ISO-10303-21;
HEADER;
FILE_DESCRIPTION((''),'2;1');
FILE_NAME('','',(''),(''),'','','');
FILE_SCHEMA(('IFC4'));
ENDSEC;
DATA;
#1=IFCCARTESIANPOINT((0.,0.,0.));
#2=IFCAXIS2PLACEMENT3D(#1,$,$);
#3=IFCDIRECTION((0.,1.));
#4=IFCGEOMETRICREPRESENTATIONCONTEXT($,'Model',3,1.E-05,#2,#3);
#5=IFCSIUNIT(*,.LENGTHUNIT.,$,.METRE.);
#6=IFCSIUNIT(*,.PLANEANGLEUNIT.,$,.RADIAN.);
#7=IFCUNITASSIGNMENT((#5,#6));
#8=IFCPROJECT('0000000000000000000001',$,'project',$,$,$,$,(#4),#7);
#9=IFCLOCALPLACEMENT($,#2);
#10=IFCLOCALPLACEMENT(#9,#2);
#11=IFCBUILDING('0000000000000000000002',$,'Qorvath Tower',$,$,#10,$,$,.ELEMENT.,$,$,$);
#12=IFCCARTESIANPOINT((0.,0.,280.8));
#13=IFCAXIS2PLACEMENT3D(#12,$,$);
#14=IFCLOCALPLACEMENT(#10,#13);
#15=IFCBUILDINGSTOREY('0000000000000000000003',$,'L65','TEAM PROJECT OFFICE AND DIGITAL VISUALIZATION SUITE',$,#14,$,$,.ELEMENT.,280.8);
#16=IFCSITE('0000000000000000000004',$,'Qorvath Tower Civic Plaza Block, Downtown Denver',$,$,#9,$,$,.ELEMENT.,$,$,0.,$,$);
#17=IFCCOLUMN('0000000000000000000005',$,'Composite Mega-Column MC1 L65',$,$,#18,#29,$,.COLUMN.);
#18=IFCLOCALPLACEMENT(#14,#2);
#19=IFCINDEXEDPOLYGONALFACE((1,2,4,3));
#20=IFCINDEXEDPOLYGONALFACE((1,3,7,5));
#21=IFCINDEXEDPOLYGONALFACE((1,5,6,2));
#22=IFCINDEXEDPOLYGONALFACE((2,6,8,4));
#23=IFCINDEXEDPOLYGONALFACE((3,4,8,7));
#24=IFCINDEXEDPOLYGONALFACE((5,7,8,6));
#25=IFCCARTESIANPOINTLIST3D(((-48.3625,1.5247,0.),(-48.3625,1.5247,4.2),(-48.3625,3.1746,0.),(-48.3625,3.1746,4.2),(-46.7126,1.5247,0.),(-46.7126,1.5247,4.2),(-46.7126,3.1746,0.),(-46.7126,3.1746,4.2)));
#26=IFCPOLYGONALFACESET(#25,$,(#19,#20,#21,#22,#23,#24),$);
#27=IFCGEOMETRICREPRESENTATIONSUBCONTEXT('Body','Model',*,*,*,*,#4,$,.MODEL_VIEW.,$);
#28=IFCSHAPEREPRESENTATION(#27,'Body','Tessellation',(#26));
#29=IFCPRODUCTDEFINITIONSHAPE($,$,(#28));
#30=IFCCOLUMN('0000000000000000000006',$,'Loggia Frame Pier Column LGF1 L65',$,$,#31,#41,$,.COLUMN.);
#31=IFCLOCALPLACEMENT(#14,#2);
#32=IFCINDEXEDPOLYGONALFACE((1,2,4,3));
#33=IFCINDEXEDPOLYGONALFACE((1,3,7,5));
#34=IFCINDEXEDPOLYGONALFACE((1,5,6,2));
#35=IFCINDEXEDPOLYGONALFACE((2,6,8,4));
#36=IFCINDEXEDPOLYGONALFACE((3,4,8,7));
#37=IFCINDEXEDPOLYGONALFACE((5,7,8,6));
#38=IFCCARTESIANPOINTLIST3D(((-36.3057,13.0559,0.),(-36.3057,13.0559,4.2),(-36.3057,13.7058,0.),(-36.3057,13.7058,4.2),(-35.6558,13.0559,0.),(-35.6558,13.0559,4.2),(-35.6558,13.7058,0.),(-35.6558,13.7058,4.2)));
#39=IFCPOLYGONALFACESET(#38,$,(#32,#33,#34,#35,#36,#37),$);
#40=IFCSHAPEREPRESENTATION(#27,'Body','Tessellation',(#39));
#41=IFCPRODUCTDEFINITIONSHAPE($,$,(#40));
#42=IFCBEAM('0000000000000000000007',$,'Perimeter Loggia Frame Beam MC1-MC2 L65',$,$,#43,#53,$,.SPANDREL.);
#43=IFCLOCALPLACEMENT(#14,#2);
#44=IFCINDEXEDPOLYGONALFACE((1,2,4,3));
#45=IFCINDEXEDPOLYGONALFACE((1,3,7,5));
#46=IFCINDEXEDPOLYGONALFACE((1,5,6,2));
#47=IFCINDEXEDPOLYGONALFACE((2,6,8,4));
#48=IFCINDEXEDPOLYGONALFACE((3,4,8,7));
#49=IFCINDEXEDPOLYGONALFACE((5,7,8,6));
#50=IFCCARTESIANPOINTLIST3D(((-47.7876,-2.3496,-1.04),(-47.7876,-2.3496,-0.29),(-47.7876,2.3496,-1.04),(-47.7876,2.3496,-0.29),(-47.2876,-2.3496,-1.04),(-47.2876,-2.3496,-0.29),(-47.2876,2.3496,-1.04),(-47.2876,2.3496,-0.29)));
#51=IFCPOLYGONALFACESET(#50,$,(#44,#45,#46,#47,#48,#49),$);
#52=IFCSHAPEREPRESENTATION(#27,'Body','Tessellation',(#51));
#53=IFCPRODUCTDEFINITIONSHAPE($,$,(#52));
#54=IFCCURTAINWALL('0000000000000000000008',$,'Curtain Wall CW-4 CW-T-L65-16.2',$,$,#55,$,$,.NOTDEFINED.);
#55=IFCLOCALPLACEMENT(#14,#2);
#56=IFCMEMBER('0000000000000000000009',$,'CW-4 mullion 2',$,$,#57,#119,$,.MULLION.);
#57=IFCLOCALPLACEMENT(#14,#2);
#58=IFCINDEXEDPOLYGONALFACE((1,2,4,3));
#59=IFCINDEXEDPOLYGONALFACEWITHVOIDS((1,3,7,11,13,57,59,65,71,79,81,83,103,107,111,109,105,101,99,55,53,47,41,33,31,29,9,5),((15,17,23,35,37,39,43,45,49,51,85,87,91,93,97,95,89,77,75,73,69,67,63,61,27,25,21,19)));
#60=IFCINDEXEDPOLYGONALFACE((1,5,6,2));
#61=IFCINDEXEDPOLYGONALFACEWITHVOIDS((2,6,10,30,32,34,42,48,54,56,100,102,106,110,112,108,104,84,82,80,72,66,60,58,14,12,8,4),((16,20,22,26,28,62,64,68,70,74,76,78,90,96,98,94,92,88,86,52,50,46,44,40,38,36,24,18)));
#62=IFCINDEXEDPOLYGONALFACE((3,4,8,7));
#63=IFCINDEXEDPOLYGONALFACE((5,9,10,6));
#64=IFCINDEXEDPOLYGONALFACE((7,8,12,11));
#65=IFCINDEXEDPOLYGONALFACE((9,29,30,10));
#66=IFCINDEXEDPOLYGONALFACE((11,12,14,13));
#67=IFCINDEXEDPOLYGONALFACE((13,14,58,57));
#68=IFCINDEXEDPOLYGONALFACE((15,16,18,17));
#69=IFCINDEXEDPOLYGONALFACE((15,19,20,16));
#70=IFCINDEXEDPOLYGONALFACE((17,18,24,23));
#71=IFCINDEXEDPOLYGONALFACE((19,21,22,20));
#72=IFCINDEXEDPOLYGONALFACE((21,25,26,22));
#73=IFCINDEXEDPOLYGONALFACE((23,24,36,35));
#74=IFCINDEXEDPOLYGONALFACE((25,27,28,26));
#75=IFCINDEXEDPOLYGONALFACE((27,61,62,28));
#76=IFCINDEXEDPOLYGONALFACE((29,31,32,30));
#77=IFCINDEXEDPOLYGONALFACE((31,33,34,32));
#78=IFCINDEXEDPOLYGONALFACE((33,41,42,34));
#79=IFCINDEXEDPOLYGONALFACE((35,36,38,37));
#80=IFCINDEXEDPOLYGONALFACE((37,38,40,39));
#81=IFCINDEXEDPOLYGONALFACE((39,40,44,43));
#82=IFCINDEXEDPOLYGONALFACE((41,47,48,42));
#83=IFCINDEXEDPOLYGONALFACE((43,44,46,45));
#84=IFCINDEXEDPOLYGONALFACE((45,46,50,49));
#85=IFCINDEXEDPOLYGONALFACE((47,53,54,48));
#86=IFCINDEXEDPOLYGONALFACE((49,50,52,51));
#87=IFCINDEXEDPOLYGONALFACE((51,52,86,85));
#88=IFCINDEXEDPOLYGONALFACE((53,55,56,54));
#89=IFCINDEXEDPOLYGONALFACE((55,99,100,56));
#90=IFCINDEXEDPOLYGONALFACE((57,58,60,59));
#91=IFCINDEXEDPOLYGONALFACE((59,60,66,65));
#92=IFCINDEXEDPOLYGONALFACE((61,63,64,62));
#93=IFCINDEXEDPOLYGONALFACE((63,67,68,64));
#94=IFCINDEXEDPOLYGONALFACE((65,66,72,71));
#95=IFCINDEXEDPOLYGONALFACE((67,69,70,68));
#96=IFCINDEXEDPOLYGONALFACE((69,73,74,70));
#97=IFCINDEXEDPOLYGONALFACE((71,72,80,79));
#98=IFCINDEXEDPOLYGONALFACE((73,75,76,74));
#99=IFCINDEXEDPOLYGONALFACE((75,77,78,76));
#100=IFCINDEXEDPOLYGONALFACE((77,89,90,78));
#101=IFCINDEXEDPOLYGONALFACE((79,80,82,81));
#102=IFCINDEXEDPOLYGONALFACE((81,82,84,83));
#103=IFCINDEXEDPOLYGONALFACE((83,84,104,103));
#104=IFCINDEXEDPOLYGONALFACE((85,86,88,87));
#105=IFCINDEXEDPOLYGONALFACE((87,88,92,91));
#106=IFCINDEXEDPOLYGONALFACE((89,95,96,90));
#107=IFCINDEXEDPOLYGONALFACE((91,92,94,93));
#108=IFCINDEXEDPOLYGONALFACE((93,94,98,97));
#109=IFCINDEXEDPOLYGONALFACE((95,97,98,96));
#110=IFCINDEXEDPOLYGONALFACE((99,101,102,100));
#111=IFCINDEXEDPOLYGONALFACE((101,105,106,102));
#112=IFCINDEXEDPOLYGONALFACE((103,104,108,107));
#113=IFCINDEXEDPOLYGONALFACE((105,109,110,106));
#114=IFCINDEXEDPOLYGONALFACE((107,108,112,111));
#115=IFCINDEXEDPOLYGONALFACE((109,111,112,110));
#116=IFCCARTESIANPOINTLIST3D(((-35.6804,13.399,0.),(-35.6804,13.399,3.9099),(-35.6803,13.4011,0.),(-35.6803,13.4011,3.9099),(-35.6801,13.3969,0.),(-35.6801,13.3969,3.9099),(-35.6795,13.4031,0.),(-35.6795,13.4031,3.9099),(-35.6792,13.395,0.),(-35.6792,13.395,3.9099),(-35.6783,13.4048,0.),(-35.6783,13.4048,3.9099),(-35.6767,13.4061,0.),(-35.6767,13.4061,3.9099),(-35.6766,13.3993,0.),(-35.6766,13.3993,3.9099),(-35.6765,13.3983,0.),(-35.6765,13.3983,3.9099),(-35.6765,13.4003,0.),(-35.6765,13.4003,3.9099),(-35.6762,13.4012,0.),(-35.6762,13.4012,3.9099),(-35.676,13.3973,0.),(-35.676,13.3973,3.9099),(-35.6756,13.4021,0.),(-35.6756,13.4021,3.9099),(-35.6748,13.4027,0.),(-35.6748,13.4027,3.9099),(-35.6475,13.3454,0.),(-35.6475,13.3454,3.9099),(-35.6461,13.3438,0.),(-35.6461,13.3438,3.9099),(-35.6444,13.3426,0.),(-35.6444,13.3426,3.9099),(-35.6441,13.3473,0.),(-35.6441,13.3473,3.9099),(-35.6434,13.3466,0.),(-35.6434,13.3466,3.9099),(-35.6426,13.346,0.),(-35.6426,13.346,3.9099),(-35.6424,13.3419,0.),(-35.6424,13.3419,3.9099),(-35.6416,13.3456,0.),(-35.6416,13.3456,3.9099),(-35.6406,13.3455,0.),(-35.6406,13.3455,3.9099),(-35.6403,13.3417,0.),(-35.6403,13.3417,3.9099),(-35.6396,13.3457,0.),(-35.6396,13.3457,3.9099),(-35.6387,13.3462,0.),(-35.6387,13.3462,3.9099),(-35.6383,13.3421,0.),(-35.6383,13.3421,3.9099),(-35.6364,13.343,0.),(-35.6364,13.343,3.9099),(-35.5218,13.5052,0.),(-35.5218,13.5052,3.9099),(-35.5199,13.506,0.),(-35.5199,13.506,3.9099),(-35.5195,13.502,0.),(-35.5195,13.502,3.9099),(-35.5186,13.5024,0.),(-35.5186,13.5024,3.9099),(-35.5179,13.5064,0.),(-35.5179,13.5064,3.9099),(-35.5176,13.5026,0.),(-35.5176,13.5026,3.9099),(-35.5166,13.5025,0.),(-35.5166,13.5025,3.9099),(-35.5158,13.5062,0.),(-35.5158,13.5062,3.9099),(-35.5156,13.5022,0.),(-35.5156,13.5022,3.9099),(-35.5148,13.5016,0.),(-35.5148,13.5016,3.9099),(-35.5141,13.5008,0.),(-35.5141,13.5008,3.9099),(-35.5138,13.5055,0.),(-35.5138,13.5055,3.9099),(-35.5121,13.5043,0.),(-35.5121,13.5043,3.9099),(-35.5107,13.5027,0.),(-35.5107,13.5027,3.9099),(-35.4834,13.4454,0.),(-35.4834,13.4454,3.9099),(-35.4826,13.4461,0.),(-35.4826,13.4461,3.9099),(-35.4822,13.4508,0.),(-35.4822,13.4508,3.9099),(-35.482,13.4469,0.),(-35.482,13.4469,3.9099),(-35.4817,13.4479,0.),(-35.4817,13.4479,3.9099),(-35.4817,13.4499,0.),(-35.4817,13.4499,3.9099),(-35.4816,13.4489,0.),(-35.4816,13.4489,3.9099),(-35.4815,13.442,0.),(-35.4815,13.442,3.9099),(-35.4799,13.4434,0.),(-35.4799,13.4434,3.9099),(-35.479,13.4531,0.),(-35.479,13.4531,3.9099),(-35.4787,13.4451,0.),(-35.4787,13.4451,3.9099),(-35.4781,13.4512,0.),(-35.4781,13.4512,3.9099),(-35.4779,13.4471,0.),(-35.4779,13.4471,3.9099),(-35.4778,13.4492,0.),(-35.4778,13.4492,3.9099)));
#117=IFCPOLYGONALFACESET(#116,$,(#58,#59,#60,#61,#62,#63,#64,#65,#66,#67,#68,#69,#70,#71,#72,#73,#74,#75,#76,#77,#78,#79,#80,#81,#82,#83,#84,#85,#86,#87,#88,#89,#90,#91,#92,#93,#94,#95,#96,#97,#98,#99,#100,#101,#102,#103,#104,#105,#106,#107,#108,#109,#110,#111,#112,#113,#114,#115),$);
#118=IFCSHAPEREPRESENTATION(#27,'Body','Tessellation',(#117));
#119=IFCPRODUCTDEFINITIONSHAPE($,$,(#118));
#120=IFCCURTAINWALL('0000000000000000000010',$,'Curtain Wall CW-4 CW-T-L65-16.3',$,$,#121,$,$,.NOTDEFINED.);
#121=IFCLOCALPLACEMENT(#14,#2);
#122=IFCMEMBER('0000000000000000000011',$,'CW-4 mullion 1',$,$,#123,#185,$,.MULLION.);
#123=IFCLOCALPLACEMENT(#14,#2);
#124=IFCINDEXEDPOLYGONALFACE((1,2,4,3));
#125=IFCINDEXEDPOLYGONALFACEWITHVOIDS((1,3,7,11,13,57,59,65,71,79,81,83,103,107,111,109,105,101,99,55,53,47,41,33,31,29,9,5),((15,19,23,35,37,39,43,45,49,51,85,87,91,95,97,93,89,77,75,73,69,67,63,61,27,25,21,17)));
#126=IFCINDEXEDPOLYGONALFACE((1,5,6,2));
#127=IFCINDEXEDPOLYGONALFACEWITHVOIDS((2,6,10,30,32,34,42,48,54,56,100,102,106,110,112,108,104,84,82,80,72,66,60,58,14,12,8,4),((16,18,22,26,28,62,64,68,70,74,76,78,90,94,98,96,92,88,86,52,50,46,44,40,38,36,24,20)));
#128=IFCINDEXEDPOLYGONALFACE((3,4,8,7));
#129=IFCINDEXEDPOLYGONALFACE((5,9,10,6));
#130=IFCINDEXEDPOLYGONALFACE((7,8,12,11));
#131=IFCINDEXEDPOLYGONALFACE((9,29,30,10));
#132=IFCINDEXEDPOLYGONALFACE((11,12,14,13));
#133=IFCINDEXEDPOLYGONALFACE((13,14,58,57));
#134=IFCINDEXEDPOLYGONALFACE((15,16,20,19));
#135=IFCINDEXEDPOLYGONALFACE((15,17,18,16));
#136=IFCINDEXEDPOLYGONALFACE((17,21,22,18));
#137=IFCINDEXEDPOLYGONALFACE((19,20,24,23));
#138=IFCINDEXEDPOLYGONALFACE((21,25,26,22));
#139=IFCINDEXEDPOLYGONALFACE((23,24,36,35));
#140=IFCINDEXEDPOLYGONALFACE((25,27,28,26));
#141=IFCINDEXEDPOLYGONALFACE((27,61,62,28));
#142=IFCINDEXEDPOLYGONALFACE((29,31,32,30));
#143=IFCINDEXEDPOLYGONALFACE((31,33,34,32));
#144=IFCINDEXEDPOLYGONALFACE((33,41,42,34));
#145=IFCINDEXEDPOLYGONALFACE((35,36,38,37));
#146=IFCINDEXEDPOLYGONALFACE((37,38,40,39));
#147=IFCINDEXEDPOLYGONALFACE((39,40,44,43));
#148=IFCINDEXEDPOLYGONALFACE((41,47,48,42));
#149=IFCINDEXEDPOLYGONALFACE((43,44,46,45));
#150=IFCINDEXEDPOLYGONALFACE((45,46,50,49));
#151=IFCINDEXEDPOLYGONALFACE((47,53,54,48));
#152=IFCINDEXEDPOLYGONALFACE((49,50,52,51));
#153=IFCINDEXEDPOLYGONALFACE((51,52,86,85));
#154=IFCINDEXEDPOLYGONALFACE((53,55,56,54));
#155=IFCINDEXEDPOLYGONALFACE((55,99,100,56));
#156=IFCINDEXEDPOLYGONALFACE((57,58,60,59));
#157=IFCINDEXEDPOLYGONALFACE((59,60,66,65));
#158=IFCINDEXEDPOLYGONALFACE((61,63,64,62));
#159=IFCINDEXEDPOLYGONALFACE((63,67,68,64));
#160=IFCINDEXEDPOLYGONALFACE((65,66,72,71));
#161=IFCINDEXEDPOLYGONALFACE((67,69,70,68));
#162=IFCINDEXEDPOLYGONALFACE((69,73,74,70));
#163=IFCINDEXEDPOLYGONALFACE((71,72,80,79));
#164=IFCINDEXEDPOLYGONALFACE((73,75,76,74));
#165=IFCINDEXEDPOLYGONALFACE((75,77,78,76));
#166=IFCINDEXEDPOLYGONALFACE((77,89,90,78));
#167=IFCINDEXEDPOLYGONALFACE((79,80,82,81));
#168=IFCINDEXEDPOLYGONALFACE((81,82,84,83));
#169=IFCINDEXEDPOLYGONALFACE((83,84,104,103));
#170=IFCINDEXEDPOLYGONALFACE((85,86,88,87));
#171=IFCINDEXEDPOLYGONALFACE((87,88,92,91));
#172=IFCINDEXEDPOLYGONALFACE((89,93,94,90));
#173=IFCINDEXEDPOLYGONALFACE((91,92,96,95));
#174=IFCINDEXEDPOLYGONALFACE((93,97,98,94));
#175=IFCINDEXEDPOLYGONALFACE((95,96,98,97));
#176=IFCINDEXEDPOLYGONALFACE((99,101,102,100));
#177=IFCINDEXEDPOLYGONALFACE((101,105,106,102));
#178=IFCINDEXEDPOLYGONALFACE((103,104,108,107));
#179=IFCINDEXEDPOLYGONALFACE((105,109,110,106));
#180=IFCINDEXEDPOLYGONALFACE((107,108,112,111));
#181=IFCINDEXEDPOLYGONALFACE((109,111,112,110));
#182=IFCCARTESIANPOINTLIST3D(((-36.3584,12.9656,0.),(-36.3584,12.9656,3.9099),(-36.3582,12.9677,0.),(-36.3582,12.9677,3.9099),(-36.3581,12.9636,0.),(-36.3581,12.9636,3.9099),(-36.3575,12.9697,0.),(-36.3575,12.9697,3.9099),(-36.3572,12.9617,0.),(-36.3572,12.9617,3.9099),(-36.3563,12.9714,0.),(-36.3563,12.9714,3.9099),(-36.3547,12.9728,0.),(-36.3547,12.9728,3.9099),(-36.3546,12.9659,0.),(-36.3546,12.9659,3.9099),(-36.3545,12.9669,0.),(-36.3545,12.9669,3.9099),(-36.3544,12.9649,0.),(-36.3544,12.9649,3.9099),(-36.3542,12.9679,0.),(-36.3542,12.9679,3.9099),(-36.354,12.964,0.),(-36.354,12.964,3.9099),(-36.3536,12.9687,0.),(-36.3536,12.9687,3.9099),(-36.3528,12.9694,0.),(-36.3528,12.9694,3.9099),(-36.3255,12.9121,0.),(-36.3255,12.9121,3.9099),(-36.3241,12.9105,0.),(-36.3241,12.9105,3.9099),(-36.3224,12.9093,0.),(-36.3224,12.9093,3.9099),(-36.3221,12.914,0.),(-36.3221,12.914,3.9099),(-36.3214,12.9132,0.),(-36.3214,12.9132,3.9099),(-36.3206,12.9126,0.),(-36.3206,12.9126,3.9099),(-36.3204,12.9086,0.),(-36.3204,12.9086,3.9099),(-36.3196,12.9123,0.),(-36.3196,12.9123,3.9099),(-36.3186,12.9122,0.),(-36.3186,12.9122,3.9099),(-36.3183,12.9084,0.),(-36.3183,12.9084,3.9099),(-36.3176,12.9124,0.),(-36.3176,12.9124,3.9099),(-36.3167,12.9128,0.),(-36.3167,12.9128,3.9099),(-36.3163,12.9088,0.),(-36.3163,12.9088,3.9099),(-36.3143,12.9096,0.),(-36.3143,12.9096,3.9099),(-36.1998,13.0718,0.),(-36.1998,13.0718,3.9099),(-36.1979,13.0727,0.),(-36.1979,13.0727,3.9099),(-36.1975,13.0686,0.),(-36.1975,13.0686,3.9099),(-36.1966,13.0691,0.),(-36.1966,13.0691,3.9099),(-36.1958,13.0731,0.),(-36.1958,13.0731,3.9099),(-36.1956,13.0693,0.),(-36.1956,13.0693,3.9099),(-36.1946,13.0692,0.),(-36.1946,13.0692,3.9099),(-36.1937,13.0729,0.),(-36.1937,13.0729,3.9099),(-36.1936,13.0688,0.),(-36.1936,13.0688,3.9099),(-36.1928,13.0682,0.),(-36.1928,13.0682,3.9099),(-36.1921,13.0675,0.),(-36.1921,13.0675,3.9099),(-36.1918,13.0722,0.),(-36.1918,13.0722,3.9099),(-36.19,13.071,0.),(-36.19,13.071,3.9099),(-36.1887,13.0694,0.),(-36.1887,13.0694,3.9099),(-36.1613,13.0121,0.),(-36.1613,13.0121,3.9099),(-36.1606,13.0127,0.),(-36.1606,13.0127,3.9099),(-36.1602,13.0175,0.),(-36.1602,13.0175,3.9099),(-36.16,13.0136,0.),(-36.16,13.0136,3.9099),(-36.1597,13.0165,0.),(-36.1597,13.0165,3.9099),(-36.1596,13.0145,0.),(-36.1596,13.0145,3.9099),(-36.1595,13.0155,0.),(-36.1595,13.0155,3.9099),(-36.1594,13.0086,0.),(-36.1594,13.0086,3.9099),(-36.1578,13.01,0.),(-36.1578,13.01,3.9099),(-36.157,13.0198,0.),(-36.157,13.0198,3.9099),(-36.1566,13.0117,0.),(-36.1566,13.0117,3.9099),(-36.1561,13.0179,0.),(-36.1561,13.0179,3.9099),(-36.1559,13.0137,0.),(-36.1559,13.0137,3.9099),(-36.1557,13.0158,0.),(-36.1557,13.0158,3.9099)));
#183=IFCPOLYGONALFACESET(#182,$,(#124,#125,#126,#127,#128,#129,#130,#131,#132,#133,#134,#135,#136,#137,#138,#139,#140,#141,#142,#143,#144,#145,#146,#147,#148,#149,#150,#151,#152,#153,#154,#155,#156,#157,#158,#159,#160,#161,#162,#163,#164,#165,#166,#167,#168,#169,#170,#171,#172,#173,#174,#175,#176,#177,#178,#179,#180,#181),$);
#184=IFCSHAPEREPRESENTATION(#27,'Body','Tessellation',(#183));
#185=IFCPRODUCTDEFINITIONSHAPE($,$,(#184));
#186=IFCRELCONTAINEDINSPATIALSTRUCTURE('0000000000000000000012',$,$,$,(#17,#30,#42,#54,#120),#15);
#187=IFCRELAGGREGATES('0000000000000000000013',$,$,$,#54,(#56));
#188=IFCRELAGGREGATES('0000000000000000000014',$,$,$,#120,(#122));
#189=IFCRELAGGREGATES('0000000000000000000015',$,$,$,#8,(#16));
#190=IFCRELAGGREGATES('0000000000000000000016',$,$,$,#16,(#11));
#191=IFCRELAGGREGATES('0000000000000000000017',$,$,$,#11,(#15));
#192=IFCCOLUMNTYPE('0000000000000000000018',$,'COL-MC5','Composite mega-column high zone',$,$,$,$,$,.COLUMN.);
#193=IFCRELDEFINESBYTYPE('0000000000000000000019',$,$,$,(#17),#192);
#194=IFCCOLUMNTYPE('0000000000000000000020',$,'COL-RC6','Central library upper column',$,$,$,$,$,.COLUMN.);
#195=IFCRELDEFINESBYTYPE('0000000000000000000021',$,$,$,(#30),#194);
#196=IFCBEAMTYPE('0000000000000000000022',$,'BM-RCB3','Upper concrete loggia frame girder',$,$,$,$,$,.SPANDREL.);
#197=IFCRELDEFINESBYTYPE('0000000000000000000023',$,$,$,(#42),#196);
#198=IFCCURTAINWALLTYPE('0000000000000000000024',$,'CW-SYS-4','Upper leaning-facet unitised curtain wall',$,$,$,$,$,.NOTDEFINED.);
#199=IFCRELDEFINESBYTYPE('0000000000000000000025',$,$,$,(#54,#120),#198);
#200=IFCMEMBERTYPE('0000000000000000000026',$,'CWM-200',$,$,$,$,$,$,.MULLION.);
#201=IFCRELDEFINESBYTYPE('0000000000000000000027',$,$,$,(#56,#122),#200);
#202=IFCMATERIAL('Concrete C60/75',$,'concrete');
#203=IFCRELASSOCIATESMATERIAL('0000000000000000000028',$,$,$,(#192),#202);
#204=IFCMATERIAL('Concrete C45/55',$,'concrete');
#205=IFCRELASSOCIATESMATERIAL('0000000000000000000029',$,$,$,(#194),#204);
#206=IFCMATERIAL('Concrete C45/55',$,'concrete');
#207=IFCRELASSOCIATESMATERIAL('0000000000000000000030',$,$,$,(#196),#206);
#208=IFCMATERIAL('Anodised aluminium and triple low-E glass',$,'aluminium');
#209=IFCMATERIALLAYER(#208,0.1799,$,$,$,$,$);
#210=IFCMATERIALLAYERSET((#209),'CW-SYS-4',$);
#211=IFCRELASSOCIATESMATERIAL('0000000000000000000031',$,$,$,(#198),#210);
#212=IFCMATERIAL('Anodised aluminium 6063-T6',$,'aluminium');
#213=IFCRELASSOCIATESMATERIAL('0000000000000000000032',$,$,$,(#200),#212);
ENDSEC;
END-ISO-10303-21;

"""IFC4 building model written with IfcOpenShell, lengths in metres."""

from ifc_helpers import new_model, si_unit, direction, frame, origin, origin_2d, place, context, subcontext, project, spatial, rectangle, hollow_rectangle, extrude, material, layer, layer_set, material_profile, profile_set, type_object, element, aggregate, save


model = new_model("IFC4")

# Units and contexts
model_context = context("Model", 3, precision=1e-05, world=origin(), true_north=direction((0.0, 1.0)))
body_context = subcontext(model_context, "Body", "Model", "MODEL_VIEW")
ifc_project = project(units=[si_unit("LENGTHUNIT", "METRE"), si_unit("PLANEANGLEUNIT", "RADIAN")], contexts=[model_context])

# Site, building, storey
site_placement = place(None, origin())
site = spatial("IfcSite", under=ifc_project, at=site_placement, Name="Qorvath Tower Civic Plaza Block, Downtown Denver", CompositionType="ELEMENT", RefElevation=0.0)
building_placement = place(site_placement, origin())
building = spatial("IfcBuilding", under=site, at=building_placement, Name="Qorvath Tower", CompositionType="ELEMENT")
storey_placement = place(building_placement, frame((0.0, 0.0, 280.8)))
storey = spatial("IfcBuildingStorey", under=building, at=storey_placement, Name="L65", Description="TEAM PROJECT OFFICE AND DIGITAL VISUALIZATION SUITE", CompositionType="ELEMENT", Elevation=280.8)

# Columns
ifc_material_1 = material(Name="Concrete C60/75", Category="concrete")
ifc_material_profile_1 = material_profile(ifc_material_1, rectangle(XDim=1.6499, YDim=1.6499, at=origin_2d()), Name="MC 1650x1650")
ifc_profile_set_1 = profile_set([ifc_material_profile_1], Name="Concrete C60/75")
column_type_1 = type_object("IfcColumnType", Name="COL-MC5", Description="Composite mega-column high zone", PredefinedType="COLUMN", material=ifc_profile_set_1)
column_1_placement = place(storey_placement, frame((-47.5376, 2.3496, 0.0), z_axis=(0.0, 0.0, 1.0), x_axis=(1.0, 0.0, 0.0)))
element("IfcColumn", 1, at=column_1_placement, inside=storey, type_object=column_type_1, Name="Composite Mega-Column MC1 L65", PredefinedType="COLUMN", context=body_context, shape_type="SweptSolid", body=[
    extrude(rectangle(XDim=1.6499, YDim=1.6499, at=origin_2d()), origin(), (0.0, 0.0, 1.0), 4.2),
])
ifc_material_2 = material(Name="Concrete C45/55", Category="concrete")
ifc_material_profile_2 = material_profile(ifc_material_2, rectangle(XDim=0.6499, YDim=0.6499, at=origin_2d()), Name="RC 650x650")
ifc_profile_set_2 = profile_set([ifc_material_profile_2], Name="Concrete C45/55")
column_type_2 = type_object("IfcColumnType", Name="COL-RC6", Description="Central library upper column", PredefinedType="COLUMN", material=ifc_profile_set_2)
column_2_placement = place(storey_placement, frame((-35.9807, 13.3809, 0.0), z_axis=(0.0, 0.0, 1.0), x_axis=(1.0, 0.0, 0.0)))
element("IfcColumn", 2, at=column_2_placement, inside=storey, type_object=column_type_2, Name="Loggia Frame Pier Column LGF1 L65", PredefinedType="COLUMN", context=body_context, shape_type="SweptSolid", body=[
    extrude(rectangle(XDim=0.6499, YDim=0.6499, at=origin_2d()), origin(), (0.0, 0.0, 1.0), 4.2),
])

# Beam
ifc_material_3 = material(Name="Concrete C45/55", Category="concrete")
ifc_material_profile_3 = material_profile(ifc_material_3, rectangle(XDim=0.5, YDim=0.75, at=origin_2d()), Name="RCB 750x500")
ifc_profile_set_3 = profile_set([ifc_material_profile_3], Name="Concrete C45/55")
beam_type = type_object("IfcBeamType", Name="BM-RCB3", Description="Upper concrete loggia frame girder", PredefinedType="SPANDREL", material=ifc_profile_set_3)
beam_placement = place(storey_placement, frame((-47.5376, 2.3496, -0.665), z_axis=(0.0, -1.0, 0.0), x_axis=(1.0, 0.0, 0.0)))
element("IfcBeam", 3, at=beam_placement, inside=storey, type_object=beam_type, Name="Perimeter Loggia Frame Beam MC1-MC2 L65", PredefinedType="SPANDREL", context=body_context, shape_type="SweptSolid", body=[
    extrude(rectangle(XDim=0.5, YDim=0.75, at=origin_2d()), origin(), (0.0, 0.0, 1.0), 4.6992),
])

# Curtain wall, member
ifc_material_4 = material(Name="Anodised aluminium and triple low-E glass", Category="aluminium")
ifc_layer_1 = layer(ifc_material_4, 0.1799)
ifc_layer_set_1 = layer_set([ifc_layer_1], Name="CW-SYS-4")
curtain_wall_type = type_object("IfcCurtainWallType", Name="CW-SYS-4", Description="Upper leaning-facet unitised curtain wall", PredefinedType="NOTDEFINED", material=ifc_layer_set_1)
curtain_wall_1_placement = place(storey_placement, origin())
curtain_wall_1 = element("IfcCurtainWall", 4, at=curtain_wall_1_placement, inside=storey, type_object=curtain_wall_type, Name="Curtain Wall CW-4 CW-T-L65-16.2", PredefinedType="NOTDEFINED")
ifc_material_5 = material(Name="Anodised aluminium 6063-T6", Category="aluminium")
ifc_material_profile_4 = material_profile(ifc_material_5, hollow_rectangle(XDim=0.075, YDim=0.2, WallThickness=0.0039, InnerFilletRadius=0.0039, OuterFilletRadius=0.0081, at=origin_2d()), Name="CWM 200x75")
ifc_profile_set_4 = profile_set([ifc_material_profile_4], Name="Anodised aluminium 6063-T6")
member_type_1 = type_object("IfcMemberType", Name="CWM-200", PredefinedType="MULLION", material=ifc_profile_set_4)
member_1_placement = place(storey_placement, frame((-35.5791, 13.4241, 0.0), z_axis=(0.0, 0.0, 1.0), x_axis=(0.538556, -0.842589, 0.0)))
member_1 = element("IfcMember", 5, at=member_1_placement, type_object=member_type_1, Name="CW-4 mullion 2", PredefinedType="MULLION", context=body_context, shape_type="SweptSolid", body=[
    extrude(hollow_rectangle(XDim=0.075, YDim=0.2, WallThickness=0.0039, InnerFilletRadius=0.0039, OuterFilletRadius=0.0081, at=origin_2d()), origin(), (0.0, 0.0, 1.0), 3.9099),
])
aggregate(curtain_wall_1, [member_1])

# Curtain wall, member
curtain_wall_2_placement = place(storey_placement, origin())
curtain_wall_2 = element("IfcCurtainWall", 6, at=curtain_wall_2_placement, inside=storey, type_object=curtain_wall_type, Name="Curtain Wall CW-4 CW-T-L65-16.3", PredefinedType="NOTDEFINED")
member_2_placement = place(storey_placement, frame((-36.2571, 12.9907, 0.0), z_axis=(0.0, 0.0, 1.0), x_axis=(0.538538, -0.842601, 0.0)))
member_2 = element("IfcMember", 7, at=member_2_placement, type_object=member_type_1, Name="CW-4 mullion 1", PredefinedType="MULLION", context=body_context, shape_type="SweptSolid", body=[
    extrude(hollow_rectangle(XDim=0.075, YDim=0.2, WallThickness=0.0039, InnerFilletRadius=0.0039, OuterFilletRadius=0.0081, at=origin_2d()), origin(), (0.0, 0.0, 1.0), 3.9099),
])
aggregate(curtain_wall_2, [member_2])

save(model, "model.ifc")
